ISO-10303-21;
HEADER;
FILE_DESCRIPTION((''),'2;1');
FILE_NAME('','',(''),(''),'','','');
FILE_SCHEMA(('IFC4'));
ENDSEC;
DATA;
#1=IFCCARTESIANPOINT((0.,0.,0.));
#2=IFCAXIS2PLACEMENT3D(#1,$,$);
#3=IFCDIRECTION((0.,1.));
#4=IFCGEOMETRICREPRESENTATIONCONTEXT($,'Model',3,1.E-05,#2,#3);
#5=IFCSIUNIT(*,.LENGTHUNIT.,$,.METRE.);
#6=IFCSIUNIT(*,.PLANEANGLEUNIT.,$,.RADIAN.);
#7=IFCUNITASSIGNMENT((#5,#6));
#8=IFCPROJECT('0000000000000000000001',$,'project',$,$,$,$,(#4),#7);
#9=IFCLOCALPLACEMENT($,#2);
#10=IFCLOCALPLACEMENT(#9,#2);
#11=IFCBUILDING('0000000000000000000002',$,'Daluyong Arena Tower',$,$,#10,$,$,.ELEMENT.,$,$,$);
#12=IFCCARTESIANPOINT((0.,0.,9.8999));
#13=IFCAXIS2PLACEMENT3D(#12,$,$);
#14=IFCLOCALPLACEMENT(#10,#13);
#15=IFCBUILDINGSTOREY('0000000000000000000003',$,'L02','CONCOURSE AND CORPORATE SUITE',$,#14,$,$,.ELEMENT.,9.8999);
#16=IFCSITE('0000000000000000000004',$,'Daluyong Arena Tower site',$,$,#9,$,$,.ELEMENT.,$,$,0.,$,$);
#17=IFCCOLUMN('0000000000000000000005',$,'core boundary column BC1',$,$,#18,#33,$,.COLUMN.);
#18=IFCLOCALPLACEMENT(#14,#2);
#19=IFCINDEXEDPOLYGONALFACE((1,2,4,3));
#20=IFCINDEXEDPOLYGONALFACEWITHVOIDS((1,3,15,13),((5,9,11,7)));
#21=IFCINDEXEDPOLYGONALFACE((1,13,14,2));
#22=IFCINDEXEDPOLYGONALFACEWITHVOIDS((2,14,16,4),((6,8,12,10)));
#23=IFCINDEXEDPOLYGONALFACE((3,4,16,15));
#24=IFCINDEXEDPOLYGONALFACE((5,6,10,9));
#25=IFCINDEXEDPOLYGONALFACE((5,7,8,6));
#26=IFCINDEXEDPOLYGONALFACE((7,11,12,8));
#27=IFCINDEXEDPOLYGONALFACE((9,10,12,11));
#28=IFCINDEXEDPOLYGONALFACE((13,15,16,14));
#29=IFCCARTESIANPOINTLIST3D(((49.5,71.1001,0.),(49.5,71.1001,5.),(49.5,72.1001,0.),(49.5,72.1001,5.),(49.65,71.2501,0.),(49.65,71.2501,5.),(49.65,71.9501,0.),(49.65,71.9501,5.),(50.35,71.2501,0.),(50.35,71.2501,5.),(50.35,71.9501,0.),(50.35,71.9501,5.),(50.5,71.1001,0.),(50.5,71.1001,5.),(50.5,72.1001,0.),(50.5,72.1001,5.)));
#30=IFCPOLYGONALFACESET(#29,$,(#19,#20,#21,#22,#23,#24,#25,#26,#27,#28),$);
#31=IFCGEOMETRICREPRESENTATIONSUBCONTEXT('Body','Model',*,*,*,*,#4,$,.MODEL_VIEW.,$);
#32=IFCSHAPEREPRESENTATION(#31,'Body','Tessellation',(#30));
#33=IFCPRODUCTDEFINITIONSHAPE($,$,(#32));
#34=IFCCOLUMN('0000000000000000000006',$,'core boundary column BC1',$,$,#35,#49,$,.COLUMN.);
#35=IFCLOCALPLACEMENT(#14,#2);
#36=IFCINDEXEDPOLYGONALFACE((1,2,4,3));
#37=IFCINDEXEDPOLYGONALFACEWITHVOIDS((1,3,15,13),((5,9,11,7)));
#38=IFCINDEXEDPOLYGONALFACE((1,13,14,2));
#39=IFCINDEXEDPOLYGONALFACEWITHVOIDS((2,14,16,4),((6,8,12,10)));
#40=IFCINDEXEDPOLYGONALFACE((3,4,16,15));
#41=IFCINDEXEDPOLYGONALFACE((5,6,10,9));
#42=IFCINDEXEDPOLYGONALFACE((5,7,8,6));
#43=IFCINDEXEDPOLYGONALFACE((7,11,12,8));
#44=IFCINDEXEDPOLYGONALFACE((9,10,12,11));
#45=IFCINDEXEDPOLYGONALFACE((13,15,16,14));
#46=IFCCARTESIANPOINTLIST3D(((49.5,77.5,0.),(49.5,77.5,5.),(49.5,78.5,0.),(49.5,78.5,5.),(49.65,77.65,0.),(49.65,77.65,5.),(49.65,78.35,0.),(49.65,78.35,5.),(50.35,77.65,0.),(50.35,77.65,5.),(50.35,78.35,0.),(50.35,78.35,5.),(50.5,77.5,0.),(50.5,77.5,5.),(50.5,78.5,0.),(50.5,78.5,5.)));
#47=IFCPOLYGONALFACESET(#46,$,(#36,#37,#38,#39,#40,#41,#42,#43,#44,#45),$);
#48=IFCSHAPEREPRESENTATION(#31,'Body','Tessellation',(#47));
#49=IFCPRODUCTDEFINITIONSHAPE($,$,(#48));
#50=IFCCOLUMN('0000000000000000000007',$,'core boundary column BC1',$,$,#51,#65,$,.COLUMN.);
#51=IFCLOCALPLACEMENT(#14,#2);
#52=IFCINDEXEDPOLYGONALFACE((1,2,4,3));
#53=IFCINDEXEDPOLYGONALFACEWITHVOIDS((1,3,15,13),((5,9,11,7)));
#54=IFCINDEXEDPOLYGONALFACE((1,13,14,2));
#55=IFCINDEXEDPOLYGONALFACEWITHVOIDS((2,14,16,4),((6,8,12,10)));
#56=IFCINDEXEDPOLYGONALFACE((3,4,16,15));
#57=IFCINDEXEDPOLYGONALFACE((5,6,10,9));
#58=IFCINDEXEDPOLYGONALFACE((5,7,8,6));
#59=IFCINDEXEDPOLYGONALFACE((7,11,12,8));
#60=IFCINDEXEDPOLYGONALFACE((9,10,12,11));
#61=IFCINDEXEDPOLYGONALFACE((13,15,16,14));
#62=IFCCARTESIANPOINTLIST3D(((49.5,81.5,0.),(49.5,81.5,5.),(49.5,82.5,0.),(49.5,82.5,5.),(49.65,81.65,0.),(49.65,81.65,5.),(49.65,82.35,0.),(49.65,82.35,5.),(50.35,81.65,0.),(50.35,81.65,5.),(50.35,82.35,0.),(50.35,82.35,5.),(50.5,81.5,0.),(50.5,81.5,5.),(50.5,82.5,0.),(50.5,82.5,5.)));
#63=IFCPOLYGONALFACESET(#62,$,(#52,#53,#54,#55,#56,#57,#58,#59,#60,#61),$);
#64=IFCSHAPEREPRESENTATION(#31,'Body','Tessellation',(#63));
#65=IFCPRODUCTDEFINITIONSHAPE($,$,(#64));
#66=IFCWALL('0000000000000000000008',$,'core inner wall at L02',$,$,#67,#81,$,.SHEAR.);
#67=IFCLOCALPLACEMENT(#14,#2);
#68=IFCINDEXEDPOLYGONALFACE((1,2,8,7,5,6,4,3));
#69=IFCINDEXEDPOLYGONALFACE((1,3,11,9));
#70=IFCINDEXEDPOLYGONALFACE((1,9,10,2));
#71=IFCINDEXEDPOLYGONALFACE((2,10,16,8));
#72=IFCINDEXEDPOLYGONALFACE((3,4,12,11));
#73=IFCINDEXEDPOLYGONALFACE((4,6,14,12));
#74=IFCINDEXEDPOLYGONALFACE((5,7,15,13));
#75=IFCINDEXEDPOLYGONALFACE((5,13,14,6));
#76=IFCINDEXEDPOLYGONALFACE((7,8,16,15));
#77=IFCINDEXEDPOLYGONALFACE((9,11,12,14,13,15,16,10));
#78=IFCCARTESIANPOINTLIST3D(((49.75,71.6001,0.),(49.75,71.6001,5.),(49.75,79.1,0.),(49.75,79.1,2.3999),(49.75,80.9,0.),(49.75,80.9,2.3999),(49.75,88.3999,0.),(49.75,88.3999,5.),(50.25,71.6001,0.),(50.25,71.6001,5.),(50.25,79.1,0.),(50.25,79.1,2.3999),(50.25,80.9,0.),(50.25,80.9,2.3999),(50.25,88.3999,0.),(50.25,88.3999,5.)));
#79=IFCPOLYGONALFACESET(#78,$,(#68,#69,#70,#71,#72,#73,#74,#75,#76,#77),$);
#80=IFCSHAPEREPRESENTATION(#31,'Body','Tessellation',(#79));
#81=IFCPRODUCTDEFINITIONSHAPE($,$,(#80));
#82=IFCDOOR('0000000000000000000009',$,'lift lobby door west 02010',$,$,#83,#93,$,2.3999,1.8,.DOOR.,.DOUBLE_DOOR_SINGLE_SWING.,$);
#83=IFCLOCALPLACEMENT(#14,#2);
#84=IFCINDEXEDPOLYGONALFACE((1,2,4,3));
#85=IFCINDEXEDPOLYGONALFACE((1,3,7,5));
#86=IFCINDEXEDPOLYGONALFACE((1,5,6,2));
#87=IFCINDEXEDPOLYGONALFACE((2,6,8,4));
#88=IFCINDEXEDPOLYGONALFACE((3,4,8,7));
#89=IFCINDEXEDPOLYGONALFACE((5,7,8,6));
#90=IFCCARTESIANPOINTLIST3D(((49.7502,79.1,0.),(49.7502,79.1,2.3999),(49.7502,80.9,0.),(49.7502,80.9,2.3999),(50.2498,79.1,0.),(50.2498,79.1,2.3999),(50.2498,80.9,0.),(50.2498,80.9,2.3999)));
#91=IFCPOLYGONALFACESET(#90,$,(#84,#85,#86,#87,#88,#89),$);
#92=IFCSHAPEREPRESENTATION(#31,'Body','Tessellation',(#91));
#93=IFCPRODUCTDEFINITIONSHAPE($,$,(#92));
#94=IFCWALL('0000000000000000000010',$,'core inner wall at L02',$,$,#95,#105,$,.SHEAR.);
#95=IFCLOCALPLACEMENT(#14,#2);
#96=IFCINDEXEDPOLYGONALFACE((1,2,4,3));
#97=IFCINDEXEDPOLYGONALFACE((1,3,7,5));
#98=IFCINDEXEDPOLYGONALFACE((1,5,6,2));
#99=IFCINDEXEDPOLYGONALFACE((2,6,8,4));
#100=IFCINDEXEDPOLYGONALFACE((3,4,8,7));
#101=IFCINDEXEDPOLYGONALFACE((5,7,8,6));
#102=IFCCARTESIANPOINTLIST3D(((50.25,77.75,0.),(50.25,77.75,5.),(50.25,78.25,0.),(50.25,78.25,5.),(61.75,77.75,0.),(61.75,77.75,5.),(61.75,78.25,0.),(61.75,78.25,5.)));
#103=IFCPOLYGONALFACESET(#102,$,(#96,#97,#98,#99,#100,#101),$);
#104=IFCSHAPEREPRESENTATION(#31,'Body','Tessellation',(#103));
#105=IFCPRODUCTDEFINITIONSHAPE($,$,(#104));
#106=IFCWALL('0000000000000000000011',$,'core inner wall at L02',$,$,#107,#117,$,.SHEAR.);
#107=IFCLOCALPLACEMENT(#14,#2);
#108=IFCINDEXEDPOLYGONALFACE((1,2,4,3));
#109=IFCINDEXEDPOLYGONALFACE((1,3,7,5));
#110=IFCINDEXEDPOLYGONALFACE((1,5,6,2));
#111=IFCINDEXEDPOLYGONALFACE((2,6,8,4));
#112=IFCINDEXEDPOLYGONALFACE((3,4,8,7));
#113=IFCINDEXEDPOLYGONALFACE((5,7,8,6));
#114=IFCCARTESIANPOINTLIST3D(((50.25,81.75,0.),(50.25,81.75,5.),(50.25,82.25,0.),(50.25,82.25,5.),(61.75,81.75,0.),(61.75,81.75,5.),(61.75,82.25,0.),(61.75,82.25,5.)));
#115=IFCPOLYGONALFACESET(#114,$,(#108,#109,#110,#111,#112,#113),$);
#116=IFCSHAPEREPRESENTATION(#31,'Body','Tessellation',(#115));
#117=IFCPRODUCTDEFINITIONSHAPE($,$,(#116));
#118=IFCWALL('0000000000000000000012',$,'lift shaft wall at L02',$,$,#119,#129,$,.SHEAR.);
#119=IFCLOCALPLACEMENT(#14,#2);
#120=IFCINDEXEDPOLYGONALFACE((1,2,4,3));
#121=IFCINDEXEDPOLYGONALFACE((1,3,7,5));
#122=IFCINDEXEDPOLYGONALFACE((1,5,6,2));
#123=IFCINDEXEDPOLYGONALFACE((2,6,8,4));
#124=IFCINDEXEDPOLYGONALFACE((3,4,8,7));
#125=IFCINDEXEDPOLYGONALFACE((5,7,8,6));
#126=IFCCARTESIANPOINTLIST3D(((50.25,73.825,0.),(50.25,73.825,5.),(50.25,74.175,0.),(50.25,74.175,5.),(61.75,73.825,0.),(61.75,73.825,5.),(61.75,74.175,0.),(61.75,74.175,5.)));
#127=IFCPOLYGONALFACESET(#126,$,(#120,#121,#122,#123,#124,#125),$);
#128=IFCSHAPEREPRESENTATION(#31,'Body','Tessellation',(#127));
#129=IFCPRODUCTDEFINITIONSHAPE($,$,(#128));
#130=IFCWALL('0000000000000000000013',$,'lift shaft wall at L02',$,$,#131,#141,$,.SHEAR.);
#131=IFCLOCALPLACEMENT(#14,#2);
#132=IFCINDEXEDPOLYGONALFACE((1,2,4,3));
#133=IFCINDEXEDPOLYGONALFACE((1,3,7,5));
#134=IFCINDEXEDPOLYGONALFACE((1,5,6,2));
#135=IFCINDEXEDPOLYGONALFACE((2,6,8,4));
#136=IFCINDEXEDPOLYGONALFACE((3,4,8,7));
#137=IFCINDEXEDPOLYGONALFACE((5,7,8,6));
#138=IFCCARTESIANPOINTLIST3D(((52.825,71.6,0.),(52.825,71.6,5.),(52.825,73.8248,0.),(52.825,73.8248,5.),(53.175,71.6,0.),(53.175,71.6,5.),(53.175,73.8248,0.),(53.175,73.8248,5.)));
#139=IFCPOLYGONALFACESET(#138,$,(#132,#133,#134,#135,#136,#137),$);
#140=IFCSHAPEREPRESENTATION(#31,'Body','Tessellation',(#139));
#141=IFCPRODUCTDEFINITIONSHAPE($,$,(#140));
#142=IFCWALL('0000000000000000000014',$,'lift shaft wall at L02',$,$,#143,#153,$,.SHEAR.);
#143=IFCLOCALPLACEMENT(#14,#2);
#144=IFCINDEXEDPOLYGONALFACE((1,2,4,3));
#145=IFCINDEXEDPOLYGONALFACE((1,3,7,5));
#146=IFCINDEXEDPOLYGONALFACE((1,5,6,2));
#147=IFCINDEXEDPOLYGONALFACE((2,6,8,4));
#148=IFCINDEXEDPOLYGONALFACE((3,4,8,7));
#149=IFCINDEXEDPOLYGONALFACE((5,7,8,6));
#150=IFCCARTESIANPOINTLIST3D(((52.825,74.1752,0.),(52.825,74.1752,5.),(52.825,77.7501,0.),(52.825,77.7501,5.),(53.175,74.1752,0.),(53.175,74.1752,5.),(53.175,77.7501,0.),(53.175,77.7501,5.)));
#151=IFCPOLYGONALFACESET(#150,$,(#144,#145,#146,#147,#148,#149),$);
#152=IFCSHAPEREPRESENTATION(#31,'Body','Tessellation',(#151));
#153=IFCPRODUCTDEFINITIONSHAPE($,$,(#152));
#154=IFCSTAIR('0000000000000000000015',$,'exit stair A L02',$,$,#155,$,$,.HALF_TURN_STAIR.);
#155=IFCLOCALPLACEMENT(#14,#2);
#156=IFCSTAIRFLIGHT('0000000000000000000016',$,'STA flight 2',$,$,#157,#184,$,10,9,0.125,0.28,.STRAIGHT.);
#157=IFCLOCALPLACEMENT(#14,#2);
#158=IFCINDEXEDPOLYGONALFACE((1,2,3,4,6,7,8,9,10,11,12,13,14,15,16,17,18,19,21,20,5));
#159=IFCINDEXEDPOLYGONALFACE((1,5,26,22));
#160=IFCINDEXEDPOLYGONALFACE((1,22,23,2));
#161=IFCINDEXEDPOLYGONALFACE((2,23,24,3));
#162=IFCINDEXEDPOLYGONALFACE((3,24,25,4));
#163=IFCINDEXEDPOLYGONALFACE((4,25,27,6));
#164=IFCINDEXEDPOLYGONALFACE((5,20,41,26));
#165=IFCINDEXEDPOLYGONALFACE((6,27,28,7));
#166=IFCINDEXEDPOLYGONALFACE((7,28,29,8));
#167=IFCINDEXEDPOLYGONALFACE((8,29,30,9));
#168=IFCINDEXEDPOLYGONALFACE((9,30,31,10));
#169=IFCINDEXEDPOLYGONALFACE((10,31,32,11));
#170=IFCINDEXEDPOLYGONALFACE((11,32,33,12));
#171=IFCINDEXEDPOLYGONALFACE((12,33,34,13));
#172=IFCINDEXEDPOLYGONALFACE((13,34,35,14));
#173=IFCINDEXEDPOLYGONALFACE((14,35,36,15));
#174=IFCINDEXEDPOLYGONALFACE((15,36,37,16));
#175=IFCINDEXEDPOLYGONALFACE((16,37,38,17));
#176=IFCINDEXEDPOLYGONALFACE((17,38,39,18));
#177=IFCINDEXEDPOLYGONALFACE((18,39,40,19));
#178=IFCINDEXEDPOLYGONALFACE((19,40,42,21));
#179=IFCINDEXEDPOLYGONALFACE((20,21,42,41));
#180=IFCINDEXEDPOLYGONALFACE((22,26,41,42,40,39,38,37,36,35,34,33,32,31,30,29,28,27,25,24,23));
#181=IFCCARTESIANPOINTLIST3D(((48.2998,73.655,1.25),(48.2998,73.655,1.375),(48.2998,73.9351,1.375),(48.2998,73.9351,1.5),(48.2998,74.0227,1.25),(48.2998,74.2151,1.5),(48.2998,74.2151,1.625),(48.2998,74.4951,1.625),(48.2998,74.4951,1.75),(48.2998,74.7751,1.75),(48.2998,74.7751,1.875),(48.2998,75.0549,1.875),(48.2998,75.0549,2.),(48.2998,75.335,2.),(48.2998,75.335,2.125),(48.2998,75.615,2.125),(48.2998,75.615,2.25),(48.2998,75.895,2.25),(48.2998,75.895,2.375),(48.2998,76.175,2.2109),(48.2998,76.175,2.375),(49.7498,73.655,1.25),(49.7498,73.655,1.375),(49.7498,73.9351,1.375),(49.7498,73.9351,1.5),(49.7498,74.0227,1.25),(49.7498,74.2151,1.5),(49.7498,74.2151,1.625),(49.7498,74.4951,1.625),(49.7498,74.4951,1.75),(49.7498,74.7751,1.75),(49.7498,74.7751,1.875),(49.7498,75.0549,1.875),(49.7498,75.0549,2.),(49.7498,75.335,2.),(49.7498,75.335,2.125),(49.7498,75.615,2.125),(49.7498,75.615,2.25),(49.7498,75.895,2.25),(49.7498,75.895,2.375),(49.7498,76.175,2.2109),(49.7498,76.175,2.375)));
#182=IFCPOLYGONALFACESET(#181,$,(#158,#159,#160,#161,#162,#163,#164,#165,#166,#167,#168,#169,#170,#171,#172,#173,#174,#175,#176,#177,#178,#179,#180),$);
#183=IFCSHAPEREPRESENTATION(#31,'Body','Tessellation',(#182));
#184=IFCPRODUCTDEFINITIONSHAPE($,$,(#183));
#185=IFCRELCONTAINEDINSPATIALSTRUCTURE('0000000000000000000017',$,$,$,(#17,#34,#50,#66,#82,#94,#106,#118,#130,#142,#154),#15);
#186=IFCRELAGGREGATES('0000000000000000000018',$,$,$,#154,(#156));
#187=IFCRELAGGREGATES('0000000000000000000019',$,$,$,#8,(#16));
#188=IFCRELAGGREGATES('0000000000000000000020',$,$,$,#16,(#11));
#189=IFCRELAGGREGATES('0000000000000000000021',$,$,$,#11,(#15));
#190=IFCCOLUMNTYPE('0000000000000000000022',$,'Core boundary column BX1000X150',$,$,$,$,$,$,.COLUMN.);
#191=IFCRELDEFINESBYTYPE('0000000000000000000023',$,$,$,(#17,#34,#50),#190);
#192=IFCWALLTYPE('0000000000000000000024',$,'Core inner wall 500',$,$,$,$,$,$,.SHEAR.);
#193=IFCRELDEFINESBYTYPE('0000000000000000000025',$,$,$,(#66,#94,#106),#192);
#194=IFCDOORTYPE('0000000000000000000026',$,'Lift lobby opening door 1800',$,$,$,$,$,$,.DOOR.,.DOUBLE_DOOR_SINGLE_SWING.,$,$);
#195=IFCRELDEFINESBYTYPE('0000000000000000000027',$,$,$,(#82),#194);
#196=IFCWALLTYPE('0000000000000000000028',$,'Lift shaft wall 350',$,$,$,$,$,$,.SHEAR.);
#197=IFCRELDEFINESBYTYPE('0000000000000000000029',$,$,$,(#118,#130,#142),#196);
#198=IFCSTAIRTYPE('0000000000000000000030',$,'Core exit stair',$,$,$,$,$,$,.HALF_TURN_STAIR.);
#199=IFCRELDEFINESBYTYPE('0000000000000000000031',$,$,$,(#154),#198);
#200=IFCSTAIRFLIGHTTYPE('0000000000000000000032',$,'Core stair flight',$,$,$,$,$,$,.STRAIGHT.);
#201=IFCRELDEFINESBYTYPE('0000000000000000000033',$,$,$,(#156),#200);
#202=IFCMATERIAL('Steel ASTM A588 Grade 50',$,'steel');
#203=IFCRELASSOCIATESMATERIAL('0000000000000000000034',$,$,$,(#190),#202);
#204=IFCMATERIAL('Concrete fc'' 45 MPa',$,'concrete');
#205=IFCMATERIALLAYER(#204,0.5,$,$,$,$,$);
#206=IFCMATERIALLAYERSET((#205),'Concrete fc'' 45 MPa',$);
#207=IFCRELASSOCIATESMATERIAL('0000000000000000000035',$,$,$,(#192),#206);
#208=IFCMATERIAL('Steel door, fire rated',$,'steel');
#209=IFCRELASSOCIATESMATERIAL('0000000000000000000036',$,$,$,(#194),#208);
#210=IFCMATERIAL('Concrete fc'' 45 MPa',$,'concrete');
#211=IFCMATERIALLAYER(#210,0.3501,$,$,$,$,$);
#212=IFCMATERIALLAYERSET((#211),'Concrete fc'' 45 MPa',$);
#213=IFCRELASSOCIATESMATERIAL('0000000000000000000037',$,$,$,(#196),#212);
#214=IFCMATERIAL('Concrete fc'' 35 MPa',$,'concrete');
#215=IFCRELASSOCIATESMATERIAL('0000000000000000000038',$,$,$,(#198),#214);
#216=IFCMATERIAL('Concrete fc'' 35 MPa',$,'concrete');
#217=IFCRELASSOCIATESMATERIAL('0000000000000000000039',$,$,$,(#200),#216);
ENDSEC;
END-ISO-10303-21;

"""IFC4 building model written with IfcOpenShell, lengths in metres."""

from ifc_helpers import new_model, si_unit, direction, frame, frame_2d, origin, origin_2d, place, context, subcontext, project, spatial, polyline, rectangle, hollow_rectangle, outline, extrude, material, layer, layer_set, material_profile, profile_set, type_object, element, fill, aggregate, save


model = new_model("IFC4")

# Units and contexts
model_context = context("Model", 3, precision=1e-05, world=origin(), true_north=direction((0.0, 1.0)))
body_context = subcontext(model_context, "Body", "Model", "MODEL_VIEW")
ifc_project = project(units=[si_unit("LENGTHUNIT", "METRE"), si_unit("PLANEANGLEUNIT", "RADIAN")], contexts=[model_context])

# Site, building, storey
site_placement = place(None, origin())
site = spatial("IfcSite", under=ifc_project, at=site_placement, Name="Daluyong Arena Tower site", CompositionType="ELEMENT", RefElevation=0.0)
building_placement = place(site_placement, origin())
building = spatial("IfcBuilding", under=site, at=building_placement, Name="Daluyong Arena Tower", CompositionType="ELEMENT")
storey_placement = place(building_placement, frame((0.0, 0.0, 9.8999)))
storey = spatial("IfcBuildingStorey", under=building, at=storey_placement, Name="L02", Description="CONCOURSE AND CORPORATE SUITE", CompositionType="ELEMENT", Elevation=9.8999)

# Columns
ifc_material_1 = material(Name="Steel ASTM A588 Grade 50", Category="steel")
ifc_material_profile = material_profile(ifc_material_1, hollow_rectangle(XDim=1.0, YDim=1.0, WallThickness=0.15, at=origin_2d()))
ifc_profile_set = profile_set([ifc_material_profile], Name="Steel ASTM A588 Grade 50")
column_type = type_object("IfcColumnType", Name="Core boundary column BX1000X150", PredefinedType="COLUMN", material=ifc_profile_set)
for number, where, z_axis, x_axis, name in (
    (1, (50.0, 71.6001, 0.0), (0.0, 0.0, 1.0), (1.0, 0.0, 0.0), "core boundary column BC1"),
    (2, (50.0, 78.0, 0.0), (0.0, 0.0, 1.0), (1.0, 0.0, 0.0), "core boundary column BC1"),
    (3, (50.0, 82.0, 0.0), (0.0, 0.0, 1.0), (1.0, 0.0, 0.0), "core boundary column BC1"),
):
    element("IfcColumn", number, at=place(storey_placement, frame(where, z_axis=z_axis, x_axis=x_axis)), inside=storey, type_object=column_type, Name=name, PredefinedType="COLUMN", context=body_context, shape_type="SweptSolid", body=[
        extrude(hollow_rectangle(XDim=1.0, YDim=1.0, WallThickness=0.15, at=origin_2d()), origin(), (0.0, 0.0, 1.0), 5.0),
    ])

# Wall, opening, door
ifc_material_2 = material(Name="Concrete fc' 45 MPa", Category="concrete")
ifc_layer_1 = layer(ifc_material_2, 0.5)
ifc_layer_set_1 = layer_set([ifc_layer_1], Name="Concrete fc' 45 MPa")
wall_type_1 = type_object("IfcWallType", Name="Core inner wall 500", PredefinedType="SHEAR", material=ifc_layer_set_1)
wall_1_placement = place(storey_placement, frame((50.0, 71.6001, 0.0), z_axis=(0.0, 0.0, 1.0), x_axis=(0.0, 1.0, 0.0)))
wall_1 = element("IfcWall", 4, at=wall_1_placement, inside=storey, type_object=wall_type_1, Name="core inner wall at L02", PredefinedType="SHEAR", context=body_context, shape_type="SweptSolid", body=[
    extrude(rectangle(XDim=16.7998, YDim=0.5, at=frame_2d((8.3999, 0.0))), origin(), (0.0, 0.0, 1.0), 5.0),
])
opening_placement = place(wall_1_placement, frame((7.5, 0.0, 0.0)))
opening = element("IfcOpeningElement", 5, at=opening_placement, cuts=wall_1, PredefinedType="OPENING", context=body_context, shape_type="SweptSolid", body=[
    extrude(rectangle(XDim=1.8, YDim=2.3999, at=frame_2d((0.8999, 1.2))), frame((0.0, 0.26, 0.0), z_axis=(0.0, -1.0, 0.0), x_axis=(1.0, 0.0, 0.0)), (0.0, 0.0, 1.0), 0.52),
])
ifc_material_3 = material(Name="Steel door, fire rated", Category="steel")
door_type = type_object("IfcDoorType", Name="Lift lobby opening door 1800", OperationType="DOUBLE_DOOR_SINGLE_SWING", PredefinedType="DOOR", material=ifc_material_3)
door_placement = place(opening_placement, origin())
door = element("IfcDoor", 6, at=door_placement, inside=storey, type_object=door_type, Name="lift lobby door west 02010", OperationType="DOUBLE_DOOR_SINGLE_SWING", OverallHeight=2.3999, OverallWidth=1.8, PredefinedType="DOOR", context=body_context, shape_type="SweptSolid", body=[
    extrude(rectangle(XDim=1.8, YDim=2.3999, at=frame_2d((0.8999, 1.2))), frame((0.0, 0.2498, 0.0), z_axis=(0.0, -1.0, 0.0), x_axis=(1.0, 0.0, 0.0)), (0.0, 0.0, 1.0), 0.4995),
])
fill(opening, door)

# Walls
for number, where, z_axis, x_axis, name in (
    (7, (50.25, 78.0, 0.0), (0.0, 0.0, 1.0), (1.0, 0.0, 0.0), "core inner wall at L02"),
    (8, (50.25, 82.0, 0.0), (0.0, 0.0, 1.0), (1.0, 0.0, 0.0), "core inner wall at L02"),
):
    element("IfcWall", number, at=place(storey_placement, frame(where, z_axis=z_axis, x_axis=x_axis)), inside=storey, type_object=wall_type_1, Name=name, PredefinedType="SHEAR", context=body_context, shape_type="SweptSolid", body=[
        extrude(rectangle(XDim=11.5, YDim=0.5, at=frame_2d((5.75, 0.0))), origin(), (0.0, 0.0, 1.0), 5.0),
    ])
ifc_material_4 = material(Name="Concrete fc' 45 MPa", Category="concrete")
ifc_layer_2 = layer(ifc_material_4, 0.3501)
ifc_layer_set_2 = layer_set([ifc_layer_2], Name="Concrete fc' 45 MPa")
wall_type_2 = type_object("IfcWallType", Name="Lift shaft wall 350", PredefinedType="SHEAR", material=ifc_layer_set_2)
wall_2_placement = place(storey_placement, frame((50.25, 74.0, 0.0), z_axis=(0.0, 0.0, 1.0), x_axis=(1.0, 0.0, 0.0)))
element("IfcWall", 9, at=wall_2_placement, inside=storey, type_object=wall_type_2, Name="lift shaft wall at L02", PredefinedType="SHEAR", context=body_context, shape_type="SweptSolid", body=[
    extrude(rectangle(XDim=11.5, YDim=0.3501, at=frame_2d((5.75, 0.0))), origin(), (0.0, 0.0, 1.0), 5.0),
])
wall_3_placement = place(storey_placement, frame((53.0, 71.6001, 0.0), z_axis=(0.0, 0.0, 1.0), x_axis=(0.0, 1.0, 0.0)))
element("IfcWall", 10, at=wall_3_placement, inside=storey, type_object=wall_type_2, Name="lift shaft wall at L02", PredefinedType="SHEAR", context=body_context, shape_type="SweptSolid", body=[
    extrude(rectangle(XDim=2.2249, YDim=0.3501, at=frame_2d((1.1123, 0.0))), origin(), (0.0, 0.0, 1.0), 5.0),
])
wall_4_placement = place(storey_placement, frame((53.0, 74.175, 0.0), z_axis=(0.0, 0.0, 1.0), x_axis=(0.0, 1.0, 0.0)))
element("IfcWall", 11, at=wall_4_placement, inside=storey, type_object=wall_type_2, Name="lift shaft wall at L02", PredefinedType="SHEAR", context=body_context, shape_type="SweptSolid", body=[
    extrude(rectangle(XDim=3.575, YDim=0.3501, at=frame_2d((1.7876, 0.0))), origin(), (0.0, 0.0, 1.0), 5.0),
])

# Stair, stair flight
ifc_material_5 = material(Name="Concrete fc' 35 MPa", Category="concrete")
stair_type = type_object("IfcStairType", Name="Core exit stair", PredefinedType="HALF_TURN_STAIR", material=ifc_material_5)
stair_placement = place(storey_placement, origin())
stair = element("IfcStair", 12, at=stair_placement, inside=storey, type_object=stair_type, Name="exit stair A L02", PredefinedType="HALF_TURN_STAIR")
ifc_material_6 = material(Name="Concrete fc' 35 MPa", Category="concrete")
stair_flight_type = type_object("IfcStairFlightType", Name="Core stair flight", PredefinedType="STRAIGHT", material=ifc_material_6)
stair_flight_1_placement = place(storey_placement, frame((49.0249, 73.655, 1.25), z_axis=(0.0, 0.0, 1.0), x_axis=(0.0, 1.0, 0.0)))
stair_flight_1 = element("IfcStairFlight", 13, at=stair_flight_1_placement, type_object=stair_flight_type, Name="STA flight 2", NumberOfRisers=10, NumberOfTreads=9, PredefinedType="STRAIGHT", RiserHeight=0.125, TreadLength=0.28, context=body_context, shape_type="SweptSolid", body=[
    extrude(outline(polyline([(0.0, 0.0), (0.0, 0.125), (0.28, 0.125), (0.28, 0.25), (0.5601, 0.25), (0.5601, 0.375), (0.8401, 0.375), (0.8401, 0.5), (1.1201, 0.5), (1.1201, 0.625), (1.3999, 0.625), (1.3999, 0.75), (1.6799, 0.75), (1.6799, 0.875), (1.96, 0.875), (1.96, 1.0), (2.24, 1.0), (2.24, 1.125), (2.52, 1.125), (2.52, 1.25), (2.52, 0.9609), (0.3677, 0.0), (0.0, 0.0)])), frame((0.0, 0.7251, 0.0), z_axis=(0.0, -1.0, 0.0), x_axis=(1.0, 0.0, 0.0)), (0.0, 0.0, 1.0), 1.45),
])
aggregate(stair, [stair_flight_1])

save(model, "model.ifc")
